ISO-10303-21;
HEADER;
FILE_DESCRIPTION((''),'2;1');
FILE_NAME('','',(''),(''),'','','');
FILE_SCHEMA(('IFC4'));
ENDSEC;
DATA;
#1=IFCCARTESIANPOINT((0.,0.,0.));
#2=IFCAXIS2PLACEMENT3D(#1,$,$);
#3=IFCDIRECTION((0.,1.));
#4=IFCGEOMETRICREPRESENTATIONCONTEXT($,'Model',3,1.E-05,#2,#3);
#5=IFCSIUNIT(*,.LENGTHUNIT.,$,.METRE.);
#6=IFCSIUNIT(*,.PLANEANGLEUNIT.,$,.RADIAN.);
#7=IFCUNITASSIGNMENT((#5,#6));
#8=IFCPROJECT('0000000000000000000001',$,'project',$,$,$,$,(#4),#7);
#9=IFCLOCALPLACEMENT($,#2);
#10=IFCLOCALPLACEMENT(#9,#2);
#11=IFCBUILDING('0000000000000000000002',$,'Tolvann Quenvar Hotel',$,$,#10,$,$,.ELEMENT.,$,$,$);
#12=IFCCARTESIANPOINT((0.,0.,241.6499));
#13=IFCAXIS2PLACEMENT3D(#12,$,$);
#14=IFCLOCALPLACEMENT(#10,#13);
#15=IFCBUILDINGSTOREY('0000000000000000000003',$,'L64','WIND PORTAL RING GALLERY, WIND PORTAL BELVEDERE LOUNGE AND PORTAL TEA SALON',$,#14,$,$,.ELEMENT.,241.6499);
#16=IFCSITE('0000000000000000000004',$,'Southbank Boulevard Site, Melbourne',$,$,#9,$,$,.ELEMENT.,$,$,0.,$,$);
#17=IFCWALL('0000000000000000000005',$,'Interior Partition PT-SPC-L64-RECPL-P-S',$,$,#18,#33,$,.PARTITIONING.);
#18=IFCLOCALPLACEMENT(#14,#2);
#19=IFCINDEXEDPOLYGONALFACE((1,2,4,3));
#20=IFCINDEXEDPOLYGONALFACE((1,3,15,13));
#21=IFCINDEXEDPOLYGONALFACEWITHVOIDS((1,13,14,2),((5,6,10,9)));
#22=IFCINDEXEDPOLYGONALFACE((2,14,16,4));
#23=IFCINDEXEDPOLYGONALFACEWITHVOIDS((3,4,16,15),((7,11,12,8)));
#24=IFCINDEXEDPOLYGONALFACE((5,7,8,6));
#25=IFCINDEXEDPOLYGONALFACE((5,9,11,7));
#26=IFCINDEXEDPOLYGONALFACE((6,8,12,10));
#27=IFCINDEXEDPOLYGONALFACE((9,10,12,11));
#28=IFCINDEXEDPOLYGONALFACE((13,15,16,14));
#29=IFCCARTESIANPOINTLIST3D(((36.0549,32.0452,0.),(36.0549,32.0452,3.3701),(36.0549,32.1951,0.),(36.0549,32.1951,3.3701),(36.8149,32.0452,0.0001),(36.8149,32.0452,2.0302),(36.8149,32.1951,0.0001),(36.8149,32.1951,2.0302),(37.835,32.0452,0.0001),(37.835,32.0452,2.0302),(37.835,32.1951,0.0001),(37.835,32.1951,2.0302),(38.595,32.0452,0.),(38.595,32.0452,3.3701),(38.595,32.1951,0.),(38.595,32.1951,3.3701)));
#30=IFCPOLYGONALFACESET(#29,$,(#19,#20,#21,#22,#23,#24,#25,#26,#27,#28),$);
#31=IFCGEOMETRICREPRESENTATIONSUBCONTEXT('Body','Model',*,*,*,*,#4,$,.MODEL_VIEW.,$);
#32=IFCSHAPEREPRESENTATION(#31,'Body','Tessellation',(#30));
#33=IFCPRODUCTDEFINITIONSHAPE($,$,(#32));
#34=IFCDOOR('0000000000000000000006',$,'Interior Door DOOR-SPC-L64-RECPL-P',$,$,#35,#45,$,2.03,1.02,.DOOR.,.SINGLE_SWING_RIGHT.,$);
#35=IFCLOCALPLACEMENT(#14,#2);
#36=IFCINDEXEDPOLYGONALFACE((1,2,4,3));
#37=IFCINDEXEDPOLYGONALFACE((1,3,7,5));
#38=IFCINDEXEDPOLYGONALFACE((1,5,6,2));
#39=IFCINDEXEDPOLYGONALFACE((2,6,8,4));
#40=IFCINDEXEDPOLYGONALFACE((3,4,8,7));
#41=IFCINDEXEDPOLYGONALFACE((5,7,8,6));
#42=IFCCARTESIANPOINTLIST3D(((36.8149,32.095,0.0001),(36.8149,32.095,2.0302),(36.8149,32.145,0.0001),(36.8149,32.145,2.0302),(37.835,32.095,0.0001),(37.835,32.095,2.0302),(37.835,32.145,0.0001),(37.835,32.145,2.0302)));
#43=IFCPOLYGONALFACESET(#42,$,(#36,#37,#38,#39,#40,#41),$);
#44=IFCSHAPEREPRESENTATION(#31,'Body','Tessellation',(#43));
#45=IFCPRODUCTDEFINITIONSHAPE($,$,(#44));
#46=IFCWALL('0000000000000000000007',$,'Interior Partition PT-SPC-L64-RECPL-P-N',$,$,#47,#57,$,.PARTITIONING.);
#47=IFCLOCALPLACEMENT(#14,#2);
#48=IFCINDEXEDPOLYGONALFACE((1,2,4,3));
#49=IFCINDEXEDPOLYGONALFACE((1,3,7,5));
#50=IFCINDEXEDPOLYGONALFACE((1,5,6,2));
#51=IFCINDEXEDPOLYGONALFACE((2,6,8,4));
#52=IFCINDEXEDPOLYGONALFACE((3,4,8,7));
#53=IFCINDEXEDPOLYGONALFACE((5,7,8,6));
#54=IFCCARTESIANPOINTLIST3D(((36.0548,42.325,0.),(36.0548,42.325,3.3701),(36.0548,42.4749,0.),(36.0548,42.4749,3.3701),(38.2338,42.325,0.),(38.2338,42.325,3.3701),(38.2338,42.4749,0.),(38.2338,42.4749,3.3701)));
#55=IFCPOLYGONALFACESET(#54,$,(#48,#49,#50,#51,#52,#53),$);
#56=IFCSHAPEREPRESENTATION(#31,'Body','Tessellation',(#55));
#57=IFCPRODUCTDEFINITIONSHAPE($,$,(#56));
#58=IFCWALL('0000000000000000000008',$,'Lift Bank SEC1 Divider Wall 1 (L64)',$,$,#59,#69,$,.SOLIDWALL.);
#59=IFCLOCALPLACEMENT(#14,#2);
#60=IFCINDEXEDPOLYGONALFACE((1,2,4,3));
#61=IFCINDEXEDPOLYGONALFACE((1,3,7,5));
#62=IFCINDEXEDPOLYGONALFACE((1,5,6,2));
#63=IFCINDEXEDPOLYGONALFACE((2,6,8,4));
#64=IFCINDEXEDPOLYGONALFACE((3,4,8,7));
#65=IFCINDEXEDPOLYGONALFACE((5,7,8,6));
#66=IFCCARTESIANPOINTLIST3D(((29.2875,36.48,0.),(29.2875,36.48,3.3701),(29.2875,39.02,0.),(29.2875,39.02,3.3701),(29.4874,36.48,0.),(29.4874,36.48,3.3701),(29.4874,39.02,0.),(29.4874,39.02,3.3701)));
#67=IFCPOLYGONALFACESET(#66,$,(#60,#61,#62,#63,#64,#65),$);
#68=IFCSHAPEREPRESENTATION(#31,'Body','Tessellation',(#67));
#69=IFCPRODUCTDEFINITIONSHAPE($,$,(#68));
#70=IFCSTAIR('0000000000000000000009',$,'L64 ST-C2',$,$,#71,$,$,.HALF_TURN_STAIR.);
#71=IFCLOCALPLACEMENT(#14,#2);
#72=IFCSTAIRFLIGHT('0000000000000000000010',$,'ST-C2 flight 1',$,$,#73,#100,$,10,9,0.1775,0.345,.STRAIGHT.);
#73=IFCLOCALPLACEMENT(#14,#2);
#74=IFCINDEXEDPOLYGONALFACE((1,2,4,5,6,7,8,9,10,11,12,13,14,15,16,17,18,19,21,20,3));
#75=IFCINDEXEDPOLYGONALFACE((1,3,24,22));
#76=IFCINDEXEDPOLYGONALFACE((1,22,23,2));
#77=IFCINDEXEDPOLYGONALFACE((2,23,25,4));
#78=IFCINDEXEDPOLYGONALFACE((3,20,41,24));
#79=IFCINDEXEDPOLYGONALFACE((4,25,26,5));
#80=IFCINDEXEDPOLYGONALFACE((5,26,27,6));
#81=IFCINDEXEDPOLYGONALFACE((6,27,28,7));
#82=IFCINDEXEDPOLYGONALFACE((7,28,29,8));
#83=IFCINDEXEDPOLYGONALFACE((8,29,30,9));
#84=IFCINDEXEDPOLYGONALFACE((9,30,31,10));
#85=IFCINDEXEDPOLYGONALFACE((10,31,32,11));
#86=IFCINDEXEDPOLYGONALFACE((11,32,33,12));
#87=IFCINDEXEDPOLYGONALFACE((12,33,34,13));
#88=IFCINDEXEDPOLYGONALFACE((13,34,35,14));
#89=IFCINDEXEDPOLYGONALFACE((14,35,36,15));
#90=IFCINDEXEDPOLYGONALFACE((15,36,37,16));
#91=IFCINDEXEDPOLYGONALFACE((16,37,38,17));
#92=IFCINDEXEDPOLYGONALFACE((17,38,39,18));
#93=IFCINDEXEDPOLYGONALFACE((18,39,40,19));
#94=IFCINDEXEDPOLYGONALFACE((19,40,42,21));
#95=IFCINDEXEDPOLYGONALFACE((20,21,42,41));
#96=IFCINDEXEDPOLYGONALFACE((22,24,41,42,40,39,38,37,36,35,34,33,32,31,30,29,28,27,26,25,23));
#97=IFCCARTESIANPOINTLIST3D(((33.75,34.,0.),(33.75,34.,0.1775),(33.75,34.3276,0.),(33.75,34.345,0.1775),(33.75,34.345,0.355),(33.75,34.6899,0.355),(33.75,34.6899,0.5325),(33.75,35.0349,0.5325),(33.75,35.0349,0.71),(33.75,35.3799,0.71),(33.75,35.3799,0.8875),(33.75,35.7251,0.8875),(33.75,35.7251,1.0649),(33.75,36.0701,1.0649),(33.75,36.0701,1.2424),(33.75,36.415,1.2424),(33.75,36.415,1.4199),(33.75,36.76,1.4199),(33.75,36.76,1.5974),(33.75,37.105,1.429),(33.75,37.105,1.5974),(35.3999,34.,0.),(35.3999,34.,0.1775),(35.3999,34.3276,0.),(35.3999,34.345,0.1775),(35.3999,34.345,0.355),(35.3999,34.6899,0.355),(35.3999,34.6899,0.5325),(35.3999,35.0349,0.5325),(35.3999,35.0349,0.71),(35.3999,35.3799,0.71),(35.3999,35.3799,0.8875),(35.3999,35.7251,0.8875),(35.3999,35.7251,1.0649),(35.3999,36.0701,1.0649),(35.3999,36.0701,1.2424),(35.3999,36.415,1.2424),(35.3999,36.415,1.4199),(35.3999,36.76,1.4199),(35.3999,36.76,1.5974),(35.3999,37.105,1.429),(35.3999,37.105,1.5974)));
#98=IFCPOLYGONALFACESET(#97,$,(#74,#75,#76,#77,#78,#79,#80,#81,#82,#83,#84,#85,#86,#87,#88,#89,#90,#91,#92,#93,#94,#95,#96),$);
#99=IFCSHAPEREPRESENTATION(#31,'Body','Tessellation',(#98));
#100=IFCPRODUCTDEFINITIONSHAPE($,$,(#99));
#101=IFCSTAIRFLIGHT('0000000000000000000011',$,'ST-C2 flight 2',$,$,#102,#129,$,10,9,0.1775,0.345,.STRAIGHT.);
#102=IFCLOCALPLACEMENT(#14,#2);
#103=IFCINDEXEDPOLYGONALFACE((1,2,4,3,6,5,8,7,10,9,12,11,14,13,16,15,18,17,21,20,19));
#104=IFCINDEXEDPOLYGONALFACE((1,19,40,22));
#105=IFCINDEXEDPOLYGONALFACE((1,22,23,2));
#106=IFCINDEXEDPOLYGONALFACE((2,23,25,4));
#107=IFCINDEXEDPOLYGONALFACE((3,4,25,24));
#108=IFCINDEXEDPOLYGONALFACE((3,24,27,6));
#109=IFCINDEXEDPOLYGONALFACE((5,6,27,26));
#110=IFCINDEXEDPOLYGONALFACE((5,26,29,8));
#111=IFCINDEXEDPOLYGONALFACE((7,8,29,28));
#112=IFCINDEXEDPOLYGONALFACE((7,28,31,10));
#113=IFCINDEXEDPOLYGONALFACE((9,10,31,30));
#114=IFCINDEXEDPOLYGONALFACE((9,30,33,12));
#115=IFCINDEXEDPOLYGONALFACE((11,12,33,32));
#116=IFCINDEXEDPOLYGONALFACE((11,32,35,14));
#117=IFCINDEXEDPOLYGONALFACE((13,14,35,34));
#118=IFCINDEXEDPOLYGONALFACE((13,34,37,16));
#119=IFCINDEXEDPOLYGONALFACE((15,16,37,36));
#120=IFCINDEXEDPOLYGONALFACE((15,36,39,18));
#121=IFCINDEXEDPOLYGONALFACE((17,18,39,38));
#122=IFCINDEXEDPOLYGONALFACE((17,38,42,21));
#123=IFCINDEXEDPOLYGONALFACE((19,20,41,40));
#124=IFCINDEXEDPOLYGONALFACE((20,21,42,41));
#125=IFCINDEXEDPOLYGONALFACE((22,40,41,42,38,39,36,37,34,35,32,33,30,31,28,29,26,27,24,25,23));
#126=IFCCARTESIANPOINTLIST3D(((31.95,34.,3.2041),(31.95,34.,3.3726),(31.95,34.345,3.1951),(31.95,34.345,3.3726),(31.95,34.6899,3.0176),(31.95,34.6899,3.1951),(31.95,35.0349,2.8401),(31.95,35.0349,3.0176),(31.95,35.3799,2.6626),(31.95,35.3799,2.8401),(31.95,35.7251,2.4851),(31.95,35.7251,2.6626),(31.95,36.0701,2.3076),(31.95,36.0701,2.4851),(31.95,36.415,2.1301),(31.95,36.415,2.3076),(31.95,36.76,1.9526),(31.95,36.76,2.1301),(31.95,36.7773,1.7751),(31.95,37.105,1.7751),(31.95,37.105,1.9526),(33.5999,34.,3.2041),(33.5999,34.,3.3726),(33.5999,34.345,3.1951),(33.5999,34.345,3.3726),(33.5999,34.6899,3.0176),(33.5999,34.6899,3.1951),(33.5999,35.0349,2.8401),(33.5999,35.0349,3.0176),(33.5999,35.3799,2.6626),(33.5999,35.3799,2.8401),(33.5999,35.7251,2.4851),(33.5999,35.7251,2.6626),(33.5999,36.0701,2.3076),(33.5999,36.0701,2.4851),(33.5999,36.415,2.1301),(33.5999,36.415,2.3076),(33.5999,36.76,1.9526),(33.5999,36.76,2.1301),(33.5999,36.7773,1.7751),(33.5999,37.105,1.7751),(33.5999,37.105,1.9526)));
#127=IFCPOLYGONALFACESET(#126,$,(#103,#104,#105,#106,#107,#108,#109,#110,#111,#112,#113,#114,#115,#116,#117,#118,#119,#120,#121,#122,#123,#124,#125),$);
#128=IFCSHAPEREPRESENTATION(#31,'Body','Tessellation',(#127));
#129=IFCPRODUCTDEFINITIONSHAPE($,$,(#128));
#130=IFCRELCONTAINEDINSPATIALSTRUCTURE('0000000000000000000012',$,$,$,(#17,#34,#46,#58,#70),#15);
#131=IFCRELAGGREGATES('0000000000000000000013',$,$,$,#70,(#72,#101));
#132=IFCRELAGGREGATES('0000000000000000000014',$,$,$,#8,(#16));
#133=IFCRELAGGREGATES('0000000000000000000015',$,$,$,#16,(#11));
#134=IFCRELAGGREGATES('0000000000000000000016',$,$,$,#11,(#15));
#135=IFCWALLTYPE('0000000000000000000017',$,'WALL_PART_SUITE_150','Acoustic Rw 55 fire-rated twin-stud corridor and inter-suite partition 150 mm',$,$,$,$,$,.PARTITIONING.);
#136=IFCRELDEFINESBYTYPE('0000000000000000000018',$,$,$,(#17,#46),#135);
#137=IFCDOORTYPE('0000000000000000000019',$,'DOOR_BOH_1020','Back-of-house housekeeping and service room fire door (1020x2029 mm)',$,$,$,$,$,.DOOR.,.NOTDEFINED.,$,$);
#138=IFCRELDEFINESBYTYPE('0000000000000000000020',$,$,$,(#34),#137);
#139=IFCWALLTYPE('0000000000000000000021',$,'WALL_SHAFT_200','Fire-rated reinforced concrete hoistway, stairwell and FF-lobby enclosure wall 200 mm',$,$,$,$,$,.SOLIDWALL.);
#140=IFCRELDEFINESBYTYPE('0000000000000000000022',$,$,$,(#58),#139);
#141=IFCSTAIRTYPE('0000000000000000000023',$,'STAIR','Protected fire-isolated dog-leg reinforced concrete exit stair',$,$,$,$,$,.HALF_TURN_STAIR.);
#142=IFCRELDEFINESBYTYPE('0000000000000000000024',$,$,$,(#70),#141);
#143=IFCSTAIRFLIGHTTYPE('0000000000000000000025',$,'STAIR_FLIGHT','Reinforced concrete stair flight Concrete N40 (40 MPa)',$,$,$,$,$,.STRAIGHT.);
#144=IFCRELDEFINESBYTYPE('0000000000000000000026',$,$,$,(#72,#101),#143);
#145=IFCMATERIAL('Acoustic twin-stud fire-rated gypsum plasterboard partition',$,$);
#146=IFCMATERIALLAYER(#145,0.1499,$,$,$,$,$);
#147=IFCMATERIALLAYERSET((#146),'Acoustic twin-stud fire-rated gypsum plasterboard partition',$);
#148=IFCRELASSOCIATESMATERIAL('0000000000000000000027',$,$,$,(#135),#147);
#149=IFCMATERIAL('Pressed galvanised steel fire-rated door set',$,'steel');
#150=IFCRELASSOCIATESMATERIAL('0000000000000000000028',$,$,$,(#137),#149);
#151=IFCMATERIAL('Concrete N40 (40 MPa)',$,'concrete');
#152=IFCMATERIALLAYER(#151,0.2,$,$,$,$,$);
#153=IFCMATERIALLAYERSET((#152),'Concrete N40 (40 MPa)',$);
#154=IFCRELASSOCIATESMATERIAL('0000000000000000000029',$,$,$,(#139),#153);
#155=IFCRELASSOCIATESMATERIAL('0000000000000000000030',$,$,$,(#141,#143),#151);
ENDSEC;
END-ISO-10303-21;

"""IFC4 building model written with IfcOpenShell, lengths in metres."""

from ifc_helpers import new_model, si_unit, direction, frame, frame_2d, origin, place, context, subcontext, project, spatial, polyline, rectangle, outline, extrude, source, transform, mapped, material, layer, layer_set, type_object, type_shapes, element, fill, aggregate, save


model = new_model("IFC4")

# Units and contexts
model_context = context("Model", 3, precision=1e-05, world=origin(), true_north=direction((0.0, 1.0)))
body_context = subcontext(model_context, "Body", "Model", "MODEL_VIEW")
ifc_project = project(units=[si_unit("LENGTHUNIT", "METRE"), si_unit("PLANEANGLEUNIT", "RADIAN")], contexts=[model_context])

# Site, building, storey
site_placement = place(None, origin())
site = spatial("IfcSite", under=ifc_project, at=site_placement, Name="Southbank Boulevard Site, Melbourne", CompositionType="ELEMENT", RefElevation=0.0)
building_placement = place(site_placement, origin())
building = spatial("IfcBuilding", under=site, at=building_placement, Name="Tolvann Quenvar Hotel", CompositionType="ELEMENT")
storey_placement = place(building_placement, frame((0.0, 0.0, 241.6499)))
storey = spatial("IfcBuildingStorey", under=building, at=storey_placement, Name="L64", Description="WIND PORTAL RING GALLERY, WIND PORTAL BELVEDERE LOUNGE AND PORTAL TEA SALON", CompositionType="ELEMENT", Elevation=241.6499)

# Wall, opening, door
ifc_material_1 = material(Name="Acoustic twin-stud fire-rated gypsum plasterboard partition")
ifc_layer_1 = layer(ifc_material_1, 0.1499)
ifc_layer_set_1 = layer_set([ifc_layer_1], Name="Acoustic twin-stud fire-rated gypsum plasterboard partition")
wall_type_1 = type_object("IfcWallType", Name="WALL_PART_SUITE_150", Description="Acoustic Rw 55 fire-rated twin-stud corridor and inter-suite partition 150 mm", PredefinedType="PARTITIONING", material=ifc_layer_set_1)
wall_1_placement = place(storey_placement, frame((36.0549, 32.1201, 0.0), z_axis=(0.0, 0.0, 1.0), x_axis=(1.0, 0.0, 0.0)))
wall_1 = element("IfcWall", 1, at=wall_1_placement, inside=storey, type_object=wall_type_1, Name="Interior Partition PT-SPC-L64-RECPL-P-S", PredefinedType="PARTITIONING", context=body_context, shape_type="SweptSolid", body=[
    extrude(rectangle(XDim=2.54, YDim=0.1499, at=frame_2d((1.27, 0.0))), origin(), (0.0, 0.0, 1.0), 3.3701),
])
opening_placement = place(wall_1_placement, frame((0.76, 0.0, 0.0)))
opening = element("IfcOpeningElement", 2, at=opening_placement, cuts=wall_1, PredefinedType="OPENING", context=body_context, shape_type="SweptSolid", body=[
    extrude(rectangle(XDim=1.02, YDim=2.03, at=frame_2d((0.51, 1.0151))), frame((0.0, 0.085, 0.0), z_axis=(0.0, -1.0, 0.0), x_axis=(1.0, 0.0, 0.0)), (0.0, 0.0, 1.0), 0.1699),
])
ifc_material_2 = material(Name="Pressed galvanised steel fire-rated door set", Category="steel")
door_type = type_object("IfcDoorType", Name="DOOR_BOH_1020", Description="Back-of-house housekeeping and service room fire door (1020x2029 mm)", OperationType="NOTDEFINED", PredefinedType="DOOR", material=ifc_material_2)
shared_shape_1 = source(origin(), body_context, "Body", "SweptSolid", [
    extrude(rectangle(XDim=1.02, YDim=2.03, at=frame_2d((0.51, 1.0151))), frame((0.0, 0.0249, 0.0), z_axis=(0.0, -1.0, 0.0), x_axis=(1.0, 0.0, 0.0)), (0.0, 0.0, 1.0), 0.05),
])
type_shapes(door_type, [shared_shape_1])
door_placement = place(opening_placement, origin())
door = element("IfcDoor", 3, at=door_placement, inside=storey, type_object=door_type, Name="Interior Door DOOR-SPC-L64-RECPL-P", OperationType="SINGLE_SWING_RIGHT", OverallHeight=2.03, OverallWidth=1.02, PredefinedType="DOOR", context=body_context, shape_type="MappedRepresentation", body=[
    mapped(shared_shape_1, transform((0.0, 0.0, 0.0), x_axis=(1.0, 0.0, 0.0), y_axis=(0.0, 1.0, 0.0), z_axis=(0.0, 0.0, 1.0), scale=1.0)),
])
fill(opening, door)

# Walls
wall_2_placement = place(storey_placement, frame((36.0549, 42.3999, 0.0), z_axis=(0.0, 0.0, 1.0), x_axis=(1.0, 0.0, 0.0)))
element("IfcWall", 4, at=wall_2_placement, inside=storey, type_object=wall_type_1, Name="Interior Partition PT-SPC-L64-RECPL-P-N", PredefinedType="PARTITIONING", context=body_context, shape_type="SweptSolid", body=[
    extrude(rectangle(XDim=2.179, YDim=0.1499, at=frame_2d((1.0894, 0.0))), origin(), (0.0, 0.0, 1.0), 3.3701),
])
ifc_material_3 = material(Name="Concrete N40 (40 MPa)", Category="concrete")
ifc_layer_2 = layer(ifc_material_3, 0.2)
ifc_layer_set_2 = layer_set([ifc_layer_2], Name="Concrete N40 (40 MPa)")
wall_type_2 = type_object("IfcWallType", Name="WALL_SHAFT_200", Description="Fire-rated reinforced concrete hoistway, stairwell and FF-lobby enclosure wall 200 mm", PredefinedType="SOLIDWALL", material=ifc_layer_set_2)
wall_3_placement = place(storey_placement, frame((29.3875, 36.48, 0.0), z_axis=(0.0, 0.0, 1.0), x_axis=(0.0, 1.0, 0.0)))
element("IfcWall", 5, at=wall_3_placement, inside=storey, type_object=wall_type_2, Name="Lift Bank SEC1 Divider Wall 1 (L64)", PredefinedType="SOLIDWALL", context=body_context, shape_type="SweptSolid", body=[
    extrude(rectangle(XDim=2.54, YDim=0.2, at=frame_2d((1.27, 0.0))), origin(), (0.0, 0.0, 1.0), 3.3701),
])

# Stair, stair flights
stair_type = type_object("IfcStairType", Name="STAIR", Description="Protected fire-isolated dog-leg reinforced concrete exit stair", PredefinedType="HALF_TURN_STAIR", material=ifc_material_3)
stair_placement = place(storey_placement, origin())
stair = element("IfcStair", 6, at=stair_placement, inside=storey, type_object=stair_type, Name="L64 ST-C2", PredefinedType="HALF_TURN_STAIR")
stair_flight_type = type_object("IfcStairFlightType", Name="STAIR_FLIGHT", Description="Reinforced concrete stair flight Concrete N40 (40 MPa)", PredefinedType="STRAIGHT", material=ifc_material_3)
stair_flight_1_placement = place(storey_placement, frame((34.575, 34.0, 0.0), z_axis=(0.0, 0.0, 1.0), x_axis=(0.0, 1.0, 0.0)))
stair_flight_1 = element("IfcStairFlight", 7, at=stair_flight_1_placement, type_object=stair_flight_type, Name="ST-C2 flight 1", NumberOfRisers=10, NumberOfTreads=9, PredefinedType="STRAIGHT", RiserHeight=0.1775, TreadLength=0.345, context=body_context, shape_type="SweptSolid", body=[
    extrude(outline(polyline([(0.0, 0.0), (0.0, 0.1775), (0.345, 0.1775), (0.345, 0.355), (0.6899, 0.355), (0.6899, 0.5325), (1.0349, 0.5325), (1.0349, 0.71), (1.3799, 0.71), (1.3799, 0.8875), (1.7251, 0.8875), (1.7251, 1.0649), (2.0701, 1.0649), (2.0701, 1.2424), (2.415, 1.2424), (2.415, 1.4199), (2.76, 1.4199), (2.76, 1.5974), (3.105, 1.5974), (3.105, 1.7749), (3.105, 1.429), (0.3276, 0.0), (0.0, 0.0)])), frame((0.0, 0.825, 0.0), z_axis=(0.0, -1.0, 0.0), x_axis=(1.0, 0.0, 0.0)), (0.0, 0.0, 1.0), 1.6499),
])
stair_flight_2_placement = place(storey_placement, frame((32.7749, 37.105, 1.7751), z_axis=(0.0, 0.0, 1.0), x_axis=(0.0, -1.0, 0.0)))
stair_flight_2 = element("IfcStairFlight", 8, at=stair_flight_2_placement, type_object=stair_flight_type, Name="ST-C2 flight 2", NumberOfRisers=10, NumberOfTreads=9, PredefinedType="STRAIGHT", RiserHeight=0.1775, TreadLength=0.345, context=body_context, shape_type="SweptSolid", body=[
    extrude(outline(polyline([(0.0, 0.0), (0.0, 0.1775), (0.345, 0.1775), (0.345, 0.355), (0.6899, 0.355), (0.6899, 0.5325), (1.0349, 0.5325), (1.0349, 0.71), (1.3799, 0.71), (1.3799, 0.8875), (1.7251, 0.8875), (1.7251, 1.0649), (2.0701, 1.0649), (2.0701, 1.2424), (2.415, 1.2424), (2.415, 1.4199), (2.76, 1.4199), (2.76, 1.5974), (3.105, 1.5974), (3.105, 1.7749), (3.105, 1.429), (0.3276, 0.0), (0.0, 0.0)])), frame((0.0, 0.825, 0.0), z_axis=(0.0, -1.0, 0.0), x_axis=(1.0, 0.0, 0.0)), (0.0, 0.0, 1.0), 1.6499),
])
aggregate(stair, [stair_flight_1, stair_flight_2])

save(model, "model.ifc")
